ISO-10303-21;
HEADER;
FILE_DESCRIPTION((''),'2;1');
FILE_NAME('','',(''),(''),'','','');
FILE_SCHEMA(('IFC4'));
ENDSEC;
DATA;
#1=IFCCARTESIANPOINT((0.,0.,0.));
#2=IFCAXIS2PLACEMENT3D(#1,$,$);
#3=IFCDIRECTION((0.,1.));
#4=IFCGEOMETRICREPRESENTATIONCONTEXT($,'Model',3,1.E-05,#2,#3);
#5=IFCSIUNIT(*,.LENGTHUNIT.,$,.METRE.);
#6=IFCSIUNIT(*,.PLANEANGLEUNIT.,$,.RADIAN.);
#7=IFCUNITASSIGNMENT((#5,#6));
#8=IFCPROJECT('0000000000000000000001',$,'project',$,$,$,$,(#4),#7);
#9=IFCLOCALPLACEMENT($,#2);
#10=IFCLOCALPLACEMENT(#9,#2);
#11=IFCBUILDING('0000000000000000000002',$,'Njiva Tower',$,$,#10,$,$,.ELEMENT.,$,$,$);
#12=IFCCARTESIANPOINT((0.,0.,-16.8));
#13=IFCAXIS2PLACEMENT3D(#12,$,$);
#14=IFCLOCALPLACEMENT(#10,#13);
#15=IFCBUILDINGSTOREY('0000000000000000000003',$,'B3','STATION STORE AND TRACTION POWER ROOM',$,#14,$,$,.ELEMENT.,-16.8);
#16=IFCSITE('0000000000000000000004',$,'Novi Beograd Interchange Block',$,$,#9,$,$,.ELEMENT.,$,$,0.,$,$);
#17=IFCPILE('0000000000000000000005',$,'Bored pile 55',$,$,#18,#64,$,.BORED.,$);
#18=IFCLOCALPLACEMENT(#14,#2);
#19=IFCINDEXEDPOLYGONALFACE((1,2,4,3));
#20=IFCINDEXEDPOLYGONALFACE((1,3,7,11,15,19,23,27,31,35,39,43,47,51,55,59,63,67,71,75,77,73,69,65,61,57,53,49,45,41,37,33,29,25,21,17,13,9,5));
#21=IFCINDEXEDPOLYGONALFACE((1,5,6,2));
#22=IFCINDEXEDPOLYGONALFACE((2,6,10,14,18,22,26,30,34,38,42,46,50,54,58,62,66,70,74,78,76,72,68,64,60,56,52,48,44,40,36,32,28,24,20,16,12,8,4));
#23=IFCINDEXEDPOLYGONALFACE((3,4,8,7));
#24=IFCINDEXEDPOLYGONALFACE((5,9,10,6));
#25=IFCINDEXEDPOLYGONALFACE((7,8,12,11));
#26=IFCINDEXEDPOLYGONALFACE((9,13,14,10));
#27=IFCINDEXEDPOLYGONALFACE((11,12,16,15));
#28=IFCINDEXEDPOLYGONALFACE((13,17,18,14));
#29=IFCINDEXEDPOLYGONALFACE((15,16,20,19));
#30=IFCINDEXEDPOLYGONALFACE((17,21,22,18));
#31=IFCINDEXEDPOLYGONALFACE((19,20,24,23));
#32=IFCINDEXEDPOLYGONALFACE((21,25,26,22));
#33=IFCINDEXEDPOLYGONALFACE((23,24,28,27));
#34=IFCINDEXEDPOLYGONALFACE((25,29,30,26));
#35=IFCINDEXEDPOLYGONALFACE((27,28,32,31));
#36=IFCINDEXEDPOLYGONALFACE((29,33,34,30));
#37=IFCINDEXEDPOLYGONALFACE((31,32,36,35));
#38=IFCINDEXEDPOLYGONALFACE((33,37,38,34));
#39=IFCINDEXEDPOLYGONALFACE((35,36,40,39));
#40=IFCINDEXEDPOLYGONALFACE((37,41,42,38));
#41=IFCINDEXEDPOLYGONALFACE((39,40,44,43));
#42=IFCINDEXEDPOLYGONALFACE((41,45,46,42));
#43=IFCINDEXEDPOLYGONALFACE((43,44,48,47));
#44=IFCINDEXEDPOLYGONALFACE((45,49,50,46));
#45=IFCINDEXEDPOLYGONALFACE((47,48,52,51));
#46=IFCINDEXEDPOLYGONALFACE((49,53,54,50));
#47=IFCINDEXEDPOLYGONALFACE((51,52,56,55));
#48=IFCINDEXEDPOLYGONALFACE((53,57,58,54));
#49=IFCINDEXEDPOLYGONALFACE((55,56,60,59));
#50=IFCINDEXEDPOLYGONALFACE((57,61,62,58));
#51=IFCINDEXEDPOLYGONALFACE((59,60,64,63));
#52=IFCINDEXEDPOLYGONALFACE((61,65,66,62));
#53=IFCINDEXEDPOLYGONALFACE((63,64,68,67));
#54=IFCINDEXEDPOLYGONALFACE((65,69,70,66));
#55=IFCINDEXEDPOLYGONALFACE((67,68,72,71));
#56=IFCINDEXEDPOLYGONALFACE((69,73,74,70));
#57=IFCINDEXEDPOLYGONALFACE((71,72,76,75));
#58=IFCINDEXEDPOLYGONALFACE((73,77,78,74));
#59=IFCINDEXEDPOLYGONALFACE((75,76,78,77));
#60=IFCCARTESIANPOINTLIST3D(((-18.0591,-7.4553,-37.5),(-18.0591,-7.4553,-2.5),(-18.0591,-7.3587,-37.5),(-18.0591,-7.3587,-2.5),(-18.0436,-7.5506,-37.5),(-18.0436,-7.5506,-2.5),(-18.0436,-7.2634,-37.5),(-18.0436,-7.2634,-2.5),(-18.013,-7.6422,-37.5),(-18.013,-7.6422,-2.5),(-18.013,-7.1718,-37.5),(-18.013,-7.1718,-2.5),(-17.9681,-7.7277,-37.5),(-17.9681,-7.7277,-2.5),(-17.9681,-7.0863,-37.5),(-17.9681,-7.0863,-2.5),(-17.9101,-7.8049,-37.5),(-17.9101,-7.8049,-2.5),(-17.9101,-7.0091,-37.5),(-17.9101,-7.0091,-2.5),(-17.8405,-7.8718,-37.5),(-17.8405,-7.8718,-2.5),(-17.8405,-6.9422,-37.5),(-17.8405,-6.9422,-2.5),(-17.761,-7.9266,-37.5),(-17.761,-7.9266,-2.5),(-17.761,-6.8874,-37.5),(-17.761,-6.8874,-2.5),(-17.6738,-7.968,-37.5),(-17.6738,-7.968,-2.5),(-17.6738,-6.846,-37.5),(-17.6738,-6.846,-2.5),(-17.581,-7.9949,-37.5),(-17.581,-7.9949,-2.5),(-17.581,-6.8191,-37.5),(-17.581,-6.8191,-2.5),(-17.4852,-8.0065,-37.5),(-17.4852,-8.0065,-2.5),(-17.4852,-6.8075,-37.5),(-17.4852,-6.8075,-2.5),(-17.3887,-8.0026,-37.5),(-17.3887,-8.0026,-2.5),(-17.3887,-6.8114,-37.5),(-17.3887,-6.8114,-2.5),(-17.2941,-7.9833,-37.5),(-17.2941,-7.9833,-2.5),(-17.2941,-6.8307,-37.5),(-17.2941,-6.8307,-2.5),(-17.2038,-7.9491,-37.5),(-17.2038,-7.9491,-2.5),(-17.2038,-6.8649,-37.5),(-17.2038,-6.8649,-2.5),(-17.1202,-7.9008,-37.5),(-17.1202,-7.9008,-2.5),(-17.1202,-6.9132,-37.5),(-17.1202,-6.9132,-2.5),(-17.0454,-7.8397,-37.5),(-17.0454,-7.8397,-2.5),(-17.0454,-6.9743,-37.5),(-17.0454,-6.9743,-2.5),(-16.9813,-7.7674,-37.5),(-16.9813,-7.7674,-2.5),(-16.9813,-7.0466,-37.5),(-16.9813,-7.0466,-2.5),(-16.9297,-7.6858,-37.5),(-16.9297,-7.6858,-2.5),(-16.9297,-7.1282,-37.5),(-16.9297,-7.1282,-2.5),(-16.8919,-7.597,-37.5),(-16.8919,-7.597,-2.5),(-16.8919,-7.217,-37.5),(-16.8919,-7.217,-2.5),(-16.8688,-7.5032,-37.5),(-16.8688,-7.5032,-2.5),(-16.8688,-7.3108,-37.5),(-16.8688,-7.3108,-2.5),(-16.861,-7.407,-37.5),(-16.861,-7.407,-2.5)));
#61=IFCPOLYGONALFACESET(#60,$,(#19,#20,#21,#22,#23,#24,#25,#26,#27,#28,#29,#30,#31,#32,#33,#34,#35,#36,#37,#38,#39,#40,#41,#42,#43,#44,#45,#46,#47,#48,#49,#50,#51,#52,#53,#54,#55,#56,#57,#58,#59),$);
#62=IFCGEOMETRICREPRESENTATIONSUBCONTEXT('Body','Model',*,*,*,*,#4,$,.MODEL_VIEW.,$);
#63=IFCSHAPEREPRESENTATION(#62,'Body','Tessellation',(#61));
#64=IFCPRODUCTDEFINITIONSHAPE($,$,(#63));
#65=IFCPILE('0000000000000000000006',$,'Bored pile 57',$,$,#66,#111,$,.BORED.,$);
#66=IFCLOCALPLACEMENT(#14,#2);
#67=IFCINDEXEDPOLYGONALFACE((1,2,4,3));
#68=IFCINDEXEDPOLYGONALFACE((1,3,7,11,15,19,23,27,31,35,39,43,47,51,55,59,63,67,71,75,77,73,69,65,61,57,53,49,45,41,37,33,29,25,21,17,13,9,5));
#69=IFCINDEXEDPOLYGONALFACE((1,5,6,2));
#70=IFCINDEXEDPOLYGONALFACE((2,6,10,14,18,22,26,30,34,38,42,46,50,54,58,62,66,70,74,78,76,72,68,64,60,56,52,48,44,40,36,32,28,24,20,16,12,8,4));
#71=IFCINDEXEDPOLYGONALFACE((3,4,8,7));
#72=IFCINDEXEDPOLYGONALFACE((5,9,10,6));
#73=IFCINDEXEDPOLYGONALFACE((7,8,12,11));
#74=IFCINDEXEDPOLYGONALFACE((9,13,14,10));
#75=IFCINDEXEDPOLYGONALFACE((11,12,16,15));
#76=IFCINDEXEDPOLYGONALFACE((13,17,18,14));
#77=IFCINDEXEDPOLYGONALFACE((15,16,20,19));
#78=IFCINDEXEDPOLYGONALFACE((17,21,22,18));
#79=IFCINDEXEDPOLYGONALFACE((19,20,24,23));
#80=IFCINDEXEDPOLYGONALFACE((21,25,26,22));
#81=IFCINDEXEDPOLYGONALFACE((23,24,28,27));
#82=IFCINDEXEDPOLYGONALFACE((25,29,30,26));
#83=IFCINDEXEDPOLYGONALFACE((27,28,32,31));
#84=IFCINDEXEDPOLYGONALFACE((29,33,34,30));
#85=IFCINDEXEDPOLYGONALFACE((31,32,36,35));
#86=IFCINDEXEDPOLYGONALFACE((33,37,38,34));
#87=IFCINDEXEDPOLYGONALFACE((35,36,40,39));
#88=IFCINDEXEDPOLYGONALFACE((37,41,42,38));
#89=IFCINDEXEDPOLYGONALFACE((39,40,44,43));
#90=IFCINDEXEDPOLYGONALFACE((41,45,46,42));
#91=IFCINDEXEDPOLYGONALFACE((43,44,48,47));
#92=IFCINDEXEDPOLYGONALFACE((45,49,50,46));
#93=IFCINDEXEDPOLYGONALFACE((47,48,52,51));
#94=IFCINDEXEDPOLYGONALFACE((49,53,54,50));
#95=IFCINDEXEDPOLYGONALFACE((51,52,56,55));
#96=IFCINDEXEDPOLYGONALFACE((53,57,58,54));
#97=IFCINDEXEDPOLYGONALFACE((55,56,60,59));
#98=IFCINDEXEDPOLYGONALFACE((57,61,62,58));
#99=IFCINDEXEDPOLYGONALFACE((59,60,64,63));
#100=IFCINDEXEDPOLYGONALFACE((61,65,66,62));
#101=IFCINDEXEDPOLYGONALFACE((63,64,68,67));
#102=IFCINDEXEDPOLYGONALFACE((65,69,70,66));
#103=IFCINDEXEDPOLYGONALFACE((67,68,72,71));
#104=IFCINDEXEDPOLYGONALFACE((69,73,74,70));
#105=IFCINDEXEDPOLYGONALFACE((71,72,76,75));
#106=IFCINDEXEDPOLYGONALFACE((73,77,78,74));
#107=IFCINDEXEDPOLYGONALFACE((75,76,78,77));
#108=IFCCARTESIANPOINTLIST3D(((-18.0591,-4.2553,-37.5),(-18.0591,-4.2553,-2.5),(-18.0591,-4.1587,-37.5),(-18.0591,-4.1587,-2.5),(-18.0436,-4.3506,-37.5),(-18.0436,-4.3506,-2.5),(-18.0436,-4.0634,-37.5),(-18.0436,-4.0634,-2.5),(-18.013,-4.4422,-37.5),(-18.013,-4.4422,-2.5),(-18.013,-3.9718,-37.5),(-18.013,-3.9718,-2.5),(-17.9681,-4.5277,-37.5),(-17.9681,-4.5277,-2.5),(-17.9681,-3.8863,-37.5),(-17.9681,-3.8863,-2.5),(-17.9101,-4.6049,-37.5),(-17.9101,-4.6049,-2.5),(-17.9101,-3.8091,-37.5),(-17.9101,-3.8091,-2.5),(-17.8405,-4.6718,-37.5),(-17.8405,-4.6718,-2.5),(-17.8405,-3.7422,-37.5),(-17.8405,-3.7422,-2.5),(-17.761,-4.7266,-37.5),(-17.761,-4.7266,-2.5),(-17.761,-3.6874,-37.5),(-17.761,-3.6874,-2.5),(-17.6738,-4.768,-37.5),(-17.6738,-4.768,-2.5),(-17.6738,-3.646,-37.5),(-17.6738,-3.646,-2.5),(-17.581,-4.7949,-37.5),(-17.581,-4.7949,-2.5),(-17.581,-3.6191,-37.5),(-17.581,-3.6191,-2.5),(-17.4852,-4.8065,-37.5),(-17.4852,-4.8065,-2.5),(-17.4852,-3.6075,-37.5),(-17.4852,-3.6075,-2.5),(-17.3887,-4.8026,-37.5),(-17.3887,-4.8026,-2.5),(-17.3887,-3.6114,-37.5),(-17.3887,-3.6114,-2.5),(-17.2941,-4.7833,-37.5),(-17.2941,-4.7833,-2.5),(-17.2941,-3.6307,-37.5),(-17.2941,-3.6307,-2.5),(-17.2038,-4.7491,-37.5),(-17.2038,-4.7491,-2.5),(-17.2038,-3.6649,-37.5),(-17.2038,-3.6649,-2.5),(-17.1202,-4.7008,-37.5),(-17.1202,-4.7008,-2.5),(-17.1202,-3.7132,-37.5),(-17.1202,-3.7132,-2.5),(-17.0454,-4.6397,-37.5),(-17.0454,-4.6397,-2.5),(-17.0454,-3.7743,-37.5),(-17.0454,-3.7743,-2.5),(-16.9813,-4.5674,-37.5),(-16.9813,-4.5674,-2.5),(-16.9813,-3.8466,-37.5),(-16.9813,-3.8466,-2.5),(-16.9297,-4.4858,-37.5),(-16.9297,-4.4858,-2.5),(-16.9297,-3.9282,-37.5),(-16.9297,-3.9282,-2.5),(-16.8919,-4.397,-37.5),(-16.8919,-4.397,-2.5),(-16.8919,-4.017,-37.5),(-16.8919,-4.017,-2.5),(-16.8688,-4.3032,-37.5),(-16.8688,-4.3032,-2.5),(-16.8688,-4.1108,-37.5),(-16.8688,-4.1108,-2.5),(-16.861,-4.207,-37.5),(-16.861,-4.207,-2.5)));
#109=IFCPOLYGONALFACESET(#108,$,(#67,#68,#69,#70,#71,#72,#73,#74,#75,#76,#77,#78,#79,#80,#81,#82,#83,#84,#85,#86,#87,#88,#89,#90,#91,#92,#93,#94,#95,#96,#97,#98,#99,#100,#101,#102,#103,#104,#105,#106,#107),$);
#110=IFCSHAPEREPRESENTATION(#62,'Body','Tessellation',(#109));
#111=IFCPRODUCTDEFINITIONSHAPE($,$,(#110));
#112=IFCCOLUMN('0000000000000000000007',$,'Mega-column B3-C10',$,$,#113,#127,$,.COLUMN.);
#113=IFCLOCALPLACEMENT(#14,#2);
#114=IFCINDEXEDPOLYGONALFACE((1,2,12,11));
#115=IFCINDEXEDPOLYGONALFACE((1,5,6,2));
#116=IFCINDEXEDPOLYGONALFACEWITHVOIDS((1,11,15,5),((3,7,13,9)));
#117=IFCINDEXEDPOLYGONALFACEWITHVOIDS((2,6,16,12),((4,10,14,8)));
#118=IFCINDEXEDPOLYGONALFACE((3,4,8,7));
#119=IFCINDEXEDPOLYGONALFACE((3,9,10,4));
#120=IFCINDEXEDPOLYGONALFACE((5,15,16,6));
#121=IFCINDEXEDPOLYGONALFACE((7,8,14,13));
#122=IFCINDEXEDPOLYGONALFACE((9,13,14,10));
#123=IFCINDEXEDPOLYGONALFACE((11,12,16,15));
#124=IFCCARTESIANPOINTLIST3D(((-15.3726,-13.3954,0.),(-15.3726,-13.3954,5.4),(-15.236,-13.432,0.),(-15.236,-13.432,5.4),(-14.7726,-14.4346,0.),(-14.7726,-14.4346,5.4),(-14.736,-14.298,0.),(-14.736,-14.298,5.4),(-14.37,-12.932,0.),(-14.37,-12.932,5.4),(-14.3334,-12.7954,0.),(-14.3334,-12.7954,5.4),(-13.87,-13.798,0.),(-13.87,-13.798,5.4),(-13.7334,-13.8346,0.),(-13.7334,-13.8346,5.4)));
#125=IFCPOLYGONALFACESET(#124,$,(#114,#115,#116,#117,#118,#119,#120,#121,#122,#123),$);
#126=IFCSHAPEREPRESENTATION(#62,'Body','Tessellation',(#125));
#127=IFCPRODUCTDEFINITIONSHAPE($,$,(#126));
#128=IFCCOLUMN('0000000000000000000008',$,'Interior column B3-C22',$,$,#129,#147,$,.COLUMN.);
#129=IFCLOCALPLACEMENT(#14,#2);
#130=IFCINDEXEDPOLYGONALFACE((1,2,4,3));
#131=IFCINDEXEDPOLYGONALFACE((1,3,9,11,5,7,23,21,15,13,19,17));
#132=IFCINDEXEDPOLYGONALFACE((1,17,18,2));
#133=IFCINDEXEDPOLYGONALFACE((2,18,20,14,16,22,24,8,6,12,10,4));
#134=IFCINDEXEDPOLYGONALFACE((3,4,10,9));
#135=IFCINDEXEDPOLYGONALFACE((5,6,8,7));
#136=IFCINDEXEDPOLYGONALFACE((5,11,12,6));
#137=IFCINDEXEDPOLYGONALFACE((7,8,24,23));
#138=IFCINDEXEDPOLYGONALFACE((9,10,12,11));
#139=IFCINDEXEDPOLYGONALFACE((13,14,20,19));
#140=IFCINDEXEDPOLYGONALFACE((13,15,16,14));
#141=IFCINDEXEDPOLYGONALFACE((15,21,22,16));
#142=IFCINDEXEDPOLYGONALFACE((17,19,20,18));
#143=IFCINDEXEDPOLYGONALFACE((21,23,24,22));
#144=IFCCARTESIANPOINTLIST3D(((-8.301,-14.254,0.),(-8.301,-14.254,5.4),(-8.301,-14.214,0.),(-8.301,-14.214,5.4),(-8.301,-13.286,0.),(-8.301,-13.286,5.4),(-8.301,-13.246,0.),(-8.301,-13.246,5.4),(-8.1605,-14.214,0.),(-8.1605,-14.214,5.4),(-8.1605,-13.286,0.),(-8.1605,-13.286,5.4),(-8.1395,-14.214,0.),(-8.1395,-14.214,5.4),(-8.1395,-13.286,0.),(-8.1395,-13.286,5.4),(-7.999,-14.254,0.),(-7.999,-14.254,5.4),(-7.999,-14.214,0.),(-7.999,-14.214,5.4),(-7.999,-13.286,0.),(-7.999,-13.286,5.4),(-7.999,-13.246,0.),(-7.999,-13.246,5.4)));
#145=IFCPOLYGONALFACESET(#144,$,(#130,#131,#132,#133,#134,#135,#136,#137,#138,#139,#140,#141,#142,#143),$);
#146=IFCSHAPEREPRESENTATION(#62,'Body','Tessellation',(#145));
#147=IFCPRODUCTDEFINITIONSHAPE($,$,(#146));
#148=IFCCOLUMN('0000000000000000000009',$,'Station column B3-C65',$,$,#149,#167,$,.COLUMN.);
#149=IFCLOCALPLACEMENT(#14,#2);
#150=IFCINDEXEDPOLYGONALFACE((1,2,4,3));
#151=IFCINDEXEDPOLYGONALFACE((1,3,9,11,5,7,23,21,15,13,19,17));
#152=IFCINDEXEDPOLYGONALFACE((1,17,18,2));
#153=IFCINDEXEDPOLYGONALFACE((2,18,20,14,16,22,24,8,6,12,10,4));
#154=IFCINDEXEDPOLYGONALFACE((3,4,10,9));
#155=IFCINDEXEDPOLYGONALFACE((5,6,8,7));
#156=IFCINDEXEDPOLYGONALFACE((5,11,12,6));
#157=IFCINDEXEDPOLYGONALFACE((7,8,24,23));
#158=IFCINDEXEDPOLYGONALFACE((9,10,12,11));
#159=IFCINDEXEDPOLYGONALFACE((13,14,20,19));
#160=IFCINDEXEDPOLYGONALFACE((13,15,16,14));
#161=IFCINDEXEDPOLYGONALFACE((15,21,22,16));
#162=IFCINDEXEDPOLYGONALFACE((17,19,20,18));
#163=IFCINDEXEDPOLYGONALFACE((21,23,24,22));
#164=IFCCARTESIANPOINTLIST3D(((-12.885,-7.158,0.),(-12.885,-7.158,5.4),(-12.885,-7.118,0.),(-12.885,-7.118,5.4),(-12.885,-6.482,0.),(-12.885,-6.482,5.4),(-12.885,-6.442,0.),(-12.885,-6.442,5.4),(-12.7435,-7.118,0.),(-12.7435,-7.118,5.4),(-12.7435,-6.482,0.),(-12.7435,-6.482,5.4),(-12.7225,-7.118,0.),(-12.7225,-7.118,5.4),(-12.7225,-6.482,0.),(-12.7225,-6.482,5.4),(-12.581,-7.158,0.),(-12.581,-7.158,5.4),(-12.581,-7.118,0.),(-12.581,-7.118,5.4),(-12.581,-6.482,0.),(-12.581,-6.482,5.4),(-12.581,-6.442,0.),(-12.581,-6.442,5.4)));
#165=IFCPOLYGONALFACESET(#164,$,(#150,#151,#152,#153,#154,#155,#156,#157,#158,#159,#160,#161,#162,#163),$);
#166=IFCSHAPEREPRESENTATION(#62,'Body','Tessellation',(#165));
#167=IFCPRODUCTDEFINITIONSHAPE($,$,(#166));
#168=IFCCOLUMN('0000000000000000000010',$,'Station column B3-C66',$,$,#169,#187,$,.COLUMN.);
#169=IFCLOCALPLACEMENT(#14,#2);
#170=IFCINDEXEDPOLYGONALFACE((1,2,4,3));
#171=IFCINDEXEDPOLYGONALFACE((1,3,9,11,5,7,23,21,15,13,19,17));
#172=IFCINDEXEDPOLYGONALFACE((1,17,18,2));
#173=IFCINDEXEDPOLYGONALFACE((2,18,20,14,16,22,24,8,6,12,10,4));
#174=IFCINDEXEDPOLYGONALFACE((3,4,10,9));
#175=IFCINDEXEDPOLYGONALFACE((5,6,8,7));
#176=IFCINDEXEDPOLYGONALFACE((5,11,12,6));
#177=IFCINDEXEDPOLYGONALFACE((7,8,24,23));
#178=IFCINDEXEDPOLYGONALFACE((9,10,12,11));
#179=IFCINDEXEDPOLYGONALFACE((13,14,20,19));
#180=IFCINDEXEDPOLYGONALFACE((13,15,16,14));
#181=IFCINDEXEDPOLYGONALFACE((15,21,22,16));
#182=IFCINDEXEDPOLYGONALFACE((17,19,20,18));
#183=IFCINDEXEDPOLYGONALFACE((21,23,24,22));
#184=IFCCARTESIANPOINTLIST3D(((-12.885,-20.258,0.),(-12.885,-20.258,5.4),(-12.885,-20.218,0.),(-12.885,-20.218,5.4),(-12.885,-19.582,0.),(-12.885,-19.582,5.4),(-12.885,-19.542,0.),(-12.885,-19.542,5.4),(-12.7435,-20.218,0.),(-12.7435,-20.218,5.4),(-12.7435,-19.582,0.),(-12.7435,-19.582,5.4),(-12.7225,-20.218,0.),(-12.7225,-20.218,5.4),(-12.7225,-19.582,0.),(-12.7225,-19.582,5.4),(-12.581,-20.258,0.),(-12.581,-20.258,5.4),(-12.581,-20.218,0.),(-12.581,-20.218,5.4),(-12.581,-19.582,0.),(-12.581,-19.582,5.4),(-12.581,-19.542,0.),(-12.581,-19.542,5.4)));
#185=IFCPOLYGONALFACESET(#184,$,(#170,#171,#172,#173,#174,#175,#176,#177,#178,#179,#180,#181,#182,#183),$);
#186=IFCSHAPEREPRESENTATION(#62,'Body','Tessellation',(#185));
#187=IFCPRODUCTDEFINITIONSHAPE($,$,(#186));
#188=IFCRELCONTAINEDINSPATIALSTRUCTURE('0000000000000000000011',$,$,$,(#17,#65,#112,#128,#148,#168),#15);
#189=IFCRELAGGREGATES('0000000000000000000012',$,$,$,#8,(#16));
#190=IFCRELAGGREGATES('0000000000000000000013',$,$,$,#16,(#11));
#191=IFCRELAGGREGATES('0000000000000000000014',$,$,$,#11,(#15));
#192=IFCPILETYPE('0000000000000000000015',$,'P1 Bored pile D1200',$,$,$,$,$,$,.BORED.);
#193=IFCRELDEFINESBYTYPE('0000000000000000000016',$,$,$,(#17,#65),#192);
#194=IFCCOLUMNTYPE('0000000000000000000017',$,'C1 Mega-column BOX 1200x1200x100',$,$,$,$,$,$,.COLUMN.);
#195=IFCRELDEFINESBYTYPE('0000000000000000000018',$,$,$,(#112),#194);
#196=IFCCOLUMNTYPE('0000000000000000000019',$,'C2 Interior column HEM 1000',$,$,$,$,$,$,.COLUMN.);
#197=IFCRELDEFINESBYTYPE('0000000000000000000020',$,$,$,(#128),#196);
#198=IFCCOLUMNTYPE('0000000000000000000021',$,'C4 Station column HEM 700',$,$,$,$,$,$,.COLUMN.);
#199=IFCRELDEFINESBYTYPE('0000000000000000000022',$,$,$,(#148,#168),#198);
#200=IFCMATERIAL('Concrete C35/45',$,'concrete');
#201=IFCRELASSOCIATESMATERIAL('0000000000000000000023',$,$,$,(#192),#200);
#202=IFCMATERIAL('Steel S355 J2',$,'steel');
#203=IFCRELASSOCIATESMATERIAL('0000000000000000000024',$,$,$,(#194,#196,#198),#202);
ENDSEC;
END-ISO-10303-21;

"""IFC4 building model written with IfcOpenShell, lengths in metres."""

from ifc_helpers import new_model, si_unit, direction, frame, origin, origin_2d, place, context, subcontext, project, spatial, hollow_rectangle, circle, i_section, extrude, material, material_profile, profile_set, type_object, element, save


model = new_model("IFC4")

# Units and contexts
model_context = context("Model", 3, precision=1e-05, world=origin(), true_north=direction((0.0, 1.0)))
body_context = subcontext(model_context, "Body", "Model", "MODEL_VIEW")
ifc_project = project(units=[si_unit("LENGTHUNIT", "METRE"), si_unit("PLANEANGLEUNIT", "RADIAN")], contexts=[model_context])

# Site, building, storey
site_placement = place(None, origin())
site = spatial("IfcSite", under=ifc_project, at=site_placement, Name="Novi Beograd Interchange Block", CompositionType="ELEMENT", RefElevation=0.0)
building_placement = place(site_placement, origin())
building = spatial("IfcBuilding", under=site, at=building_placement, Name="Njiva Tower", CompositionType="ELEMENT")
storey_placement = place(building_placement, frame((0.0, 0.0, -16.8)))
storey = spatial("IfcBuildingStorey", under=building, at=storey_placement, Name="B3", Description="STATION STORE AND TRACTION POWER ROOM", CompositionType="ELEMENT", Elevation=-16.8)

# Piles
ifc_material_1 = material(Name="Concrete C35/45", Category="concrete")
ifc_material_profile_1 = material_profile(ifc_material_1, circle(Radius=0.6, at=origin_2d()), Name="D1200")
ifc_profile_set_1 = profile_set([ifc_material_profile_1], Name="Concrete C35/45")
pile_type = type_object("IfcPileType", Name="P1 Bored pile D1200", PredefinedType="BORED", material=ifc_profile_set_1)
for number, where, z_axis, x_axis, name in (
    (1, (-17.461, -7.407, -2.5), (0.0, 0.0, -1.0), (1.0, 0.0, 0.0), "Bored pile 55"),
    (2, (-17.461, -4.207, -2.5), (0.0, 0.0, -1.0), (1.0, 0.0, 0.0), "Bored pile 57"),
):
    element("IfcPile", number, at=place(storey_placement, frame(where, z_axis=z_axis, x_axis=x_axis)), inside=storey, type_object=pile_type, Name=name, PredefinedType="BORED", context=body_context, shape_type="SweptSolid", body=[
        extrude(circle(Radius=0.6, at=origin_2d()), origin(), (0.0, 0.0, 1.0), 35.0),
    ])

# Columns
ifc_material_2 = material(Name="Steel S355 J2", Category="steel")
ifc_material_profile_2 = material_profile(ifc_material_2, hollow_rectangle(XDim=1.2, YDim=1.2, WallThickness=0.1, at=origin_2d()), Name="BOX 1200x1200x100")
ifc_profile_set_2 = profile_set([ifc_material_profile_2], Name="Steel S355 J2")
column_type_1 = type_object("IfcColumnType", Name="C1 Mega-column BOX 1200x1200x100", PredefinedType="COLUMN", material=ifc_profile_set_2)
column_1_placement = place(storey_placement, frame((-14.553, -13.615, 0.0), z_axis=(0.0, 0.0, 1.0), x_axis=(0.5, -0.866025, 0.0)))
element("IfcColumn", 3, at=column_1_placement, inside=storey, type_object=column_type_1, Name="Mega-column B3-C10", PredefinedType="COLUMN", context=body_context, shape_type="SweptSolid", body=[
    extrude(hollow_rectangle(XDim=1.2, YDim=1.2, WallThickness=0.1, at=origin_2d()), origin(), (0.0, 0.0, 1.0), 5.4),
])
ifc_material_profile_3 = material_profile(ifc_material_2, i_section(OverallWidth=0.302, OverallDepth=1.008, WebThickness=0.021, FlangeThickness=0.04, at=origin_2d()), Name="HEM 1000")
ifc_profile_set_3 = profile_set([ifc_material_profile_3], Name="Steel S355 J2")
column_type_2 = type_object("IfcColumnType", Name="C2 Interior column HEM 1000", PredefinedType="COLUMN", material=ifc_profile_set_3)
column_2_placement = place(storey_placement, frame((-8.15, -13.75, 0.0), z_axis=(0.0, 0.0, 1.0), x_axis=(1.0, 0.0, 0.0)))
element("IfcColumn", 4, at=column_2_placement, inside=storey, type_object=column_type_2, Name="Interior column B3-C22", PredefinedType="COLUMN", context=body_context, shape_type="SweptSolid", body=[
    extrude(i_section(OverallWidth=0.302, OverallDepth=1.008, WebThickness=0.021, FlangeThickness=0.04, at=origin_2d()), origin(), (0.0, 0.0, 1.0), 5.4),
])
ifc_material_profile_4 = material_profile(ifc_material_2, i_section(OverallWidth=0.304, OverallDepth=0.716, WebThickness=0.021, FlangeThickness=0.04, at=origin_2d()), Name="HEM 700")
ifc_profile_set_4 = profile_set([ifc_material_profile_4], Name="Steel S355 J2")
column_type_3 = type_object("IfcColumnType", Name="C4 Station column HEM 700", PredefinedType="COLUMN", material=ifc_profile_set_4)
for number, where, z_axis, x_axis, name in (
    (5, (-12.733, -6.8, 0.0), (0.0, 0.0, 1.0), (1.0, 0.0, 0.0), "Station column B3-C65"),
    (6, (-12.733, -19.9, 0.0), (0.0, 0.0, 1.0), (1.0, 0.0, 0.0), "Station column B3-C66"),
):
    element("IfcColumn", number, at=place(storey_placement, frame(where, z_axis=z_axis, x_axis=x_axis)), inside=storey, type_object=column_type_3, Name=name, PredefinedType="COLUMN", context=body_context, shape_type="SweptSolid", body=[
        extrude(i_section(OverallWidth=0.304, OverallDepth=0.716, WebThickness=0.021, FlangeThickness=0.04, at=origin_2d()), origin(), (0.0, 0.0, 1.0), 5.4),
    ])

save(model, "model.ifc")
